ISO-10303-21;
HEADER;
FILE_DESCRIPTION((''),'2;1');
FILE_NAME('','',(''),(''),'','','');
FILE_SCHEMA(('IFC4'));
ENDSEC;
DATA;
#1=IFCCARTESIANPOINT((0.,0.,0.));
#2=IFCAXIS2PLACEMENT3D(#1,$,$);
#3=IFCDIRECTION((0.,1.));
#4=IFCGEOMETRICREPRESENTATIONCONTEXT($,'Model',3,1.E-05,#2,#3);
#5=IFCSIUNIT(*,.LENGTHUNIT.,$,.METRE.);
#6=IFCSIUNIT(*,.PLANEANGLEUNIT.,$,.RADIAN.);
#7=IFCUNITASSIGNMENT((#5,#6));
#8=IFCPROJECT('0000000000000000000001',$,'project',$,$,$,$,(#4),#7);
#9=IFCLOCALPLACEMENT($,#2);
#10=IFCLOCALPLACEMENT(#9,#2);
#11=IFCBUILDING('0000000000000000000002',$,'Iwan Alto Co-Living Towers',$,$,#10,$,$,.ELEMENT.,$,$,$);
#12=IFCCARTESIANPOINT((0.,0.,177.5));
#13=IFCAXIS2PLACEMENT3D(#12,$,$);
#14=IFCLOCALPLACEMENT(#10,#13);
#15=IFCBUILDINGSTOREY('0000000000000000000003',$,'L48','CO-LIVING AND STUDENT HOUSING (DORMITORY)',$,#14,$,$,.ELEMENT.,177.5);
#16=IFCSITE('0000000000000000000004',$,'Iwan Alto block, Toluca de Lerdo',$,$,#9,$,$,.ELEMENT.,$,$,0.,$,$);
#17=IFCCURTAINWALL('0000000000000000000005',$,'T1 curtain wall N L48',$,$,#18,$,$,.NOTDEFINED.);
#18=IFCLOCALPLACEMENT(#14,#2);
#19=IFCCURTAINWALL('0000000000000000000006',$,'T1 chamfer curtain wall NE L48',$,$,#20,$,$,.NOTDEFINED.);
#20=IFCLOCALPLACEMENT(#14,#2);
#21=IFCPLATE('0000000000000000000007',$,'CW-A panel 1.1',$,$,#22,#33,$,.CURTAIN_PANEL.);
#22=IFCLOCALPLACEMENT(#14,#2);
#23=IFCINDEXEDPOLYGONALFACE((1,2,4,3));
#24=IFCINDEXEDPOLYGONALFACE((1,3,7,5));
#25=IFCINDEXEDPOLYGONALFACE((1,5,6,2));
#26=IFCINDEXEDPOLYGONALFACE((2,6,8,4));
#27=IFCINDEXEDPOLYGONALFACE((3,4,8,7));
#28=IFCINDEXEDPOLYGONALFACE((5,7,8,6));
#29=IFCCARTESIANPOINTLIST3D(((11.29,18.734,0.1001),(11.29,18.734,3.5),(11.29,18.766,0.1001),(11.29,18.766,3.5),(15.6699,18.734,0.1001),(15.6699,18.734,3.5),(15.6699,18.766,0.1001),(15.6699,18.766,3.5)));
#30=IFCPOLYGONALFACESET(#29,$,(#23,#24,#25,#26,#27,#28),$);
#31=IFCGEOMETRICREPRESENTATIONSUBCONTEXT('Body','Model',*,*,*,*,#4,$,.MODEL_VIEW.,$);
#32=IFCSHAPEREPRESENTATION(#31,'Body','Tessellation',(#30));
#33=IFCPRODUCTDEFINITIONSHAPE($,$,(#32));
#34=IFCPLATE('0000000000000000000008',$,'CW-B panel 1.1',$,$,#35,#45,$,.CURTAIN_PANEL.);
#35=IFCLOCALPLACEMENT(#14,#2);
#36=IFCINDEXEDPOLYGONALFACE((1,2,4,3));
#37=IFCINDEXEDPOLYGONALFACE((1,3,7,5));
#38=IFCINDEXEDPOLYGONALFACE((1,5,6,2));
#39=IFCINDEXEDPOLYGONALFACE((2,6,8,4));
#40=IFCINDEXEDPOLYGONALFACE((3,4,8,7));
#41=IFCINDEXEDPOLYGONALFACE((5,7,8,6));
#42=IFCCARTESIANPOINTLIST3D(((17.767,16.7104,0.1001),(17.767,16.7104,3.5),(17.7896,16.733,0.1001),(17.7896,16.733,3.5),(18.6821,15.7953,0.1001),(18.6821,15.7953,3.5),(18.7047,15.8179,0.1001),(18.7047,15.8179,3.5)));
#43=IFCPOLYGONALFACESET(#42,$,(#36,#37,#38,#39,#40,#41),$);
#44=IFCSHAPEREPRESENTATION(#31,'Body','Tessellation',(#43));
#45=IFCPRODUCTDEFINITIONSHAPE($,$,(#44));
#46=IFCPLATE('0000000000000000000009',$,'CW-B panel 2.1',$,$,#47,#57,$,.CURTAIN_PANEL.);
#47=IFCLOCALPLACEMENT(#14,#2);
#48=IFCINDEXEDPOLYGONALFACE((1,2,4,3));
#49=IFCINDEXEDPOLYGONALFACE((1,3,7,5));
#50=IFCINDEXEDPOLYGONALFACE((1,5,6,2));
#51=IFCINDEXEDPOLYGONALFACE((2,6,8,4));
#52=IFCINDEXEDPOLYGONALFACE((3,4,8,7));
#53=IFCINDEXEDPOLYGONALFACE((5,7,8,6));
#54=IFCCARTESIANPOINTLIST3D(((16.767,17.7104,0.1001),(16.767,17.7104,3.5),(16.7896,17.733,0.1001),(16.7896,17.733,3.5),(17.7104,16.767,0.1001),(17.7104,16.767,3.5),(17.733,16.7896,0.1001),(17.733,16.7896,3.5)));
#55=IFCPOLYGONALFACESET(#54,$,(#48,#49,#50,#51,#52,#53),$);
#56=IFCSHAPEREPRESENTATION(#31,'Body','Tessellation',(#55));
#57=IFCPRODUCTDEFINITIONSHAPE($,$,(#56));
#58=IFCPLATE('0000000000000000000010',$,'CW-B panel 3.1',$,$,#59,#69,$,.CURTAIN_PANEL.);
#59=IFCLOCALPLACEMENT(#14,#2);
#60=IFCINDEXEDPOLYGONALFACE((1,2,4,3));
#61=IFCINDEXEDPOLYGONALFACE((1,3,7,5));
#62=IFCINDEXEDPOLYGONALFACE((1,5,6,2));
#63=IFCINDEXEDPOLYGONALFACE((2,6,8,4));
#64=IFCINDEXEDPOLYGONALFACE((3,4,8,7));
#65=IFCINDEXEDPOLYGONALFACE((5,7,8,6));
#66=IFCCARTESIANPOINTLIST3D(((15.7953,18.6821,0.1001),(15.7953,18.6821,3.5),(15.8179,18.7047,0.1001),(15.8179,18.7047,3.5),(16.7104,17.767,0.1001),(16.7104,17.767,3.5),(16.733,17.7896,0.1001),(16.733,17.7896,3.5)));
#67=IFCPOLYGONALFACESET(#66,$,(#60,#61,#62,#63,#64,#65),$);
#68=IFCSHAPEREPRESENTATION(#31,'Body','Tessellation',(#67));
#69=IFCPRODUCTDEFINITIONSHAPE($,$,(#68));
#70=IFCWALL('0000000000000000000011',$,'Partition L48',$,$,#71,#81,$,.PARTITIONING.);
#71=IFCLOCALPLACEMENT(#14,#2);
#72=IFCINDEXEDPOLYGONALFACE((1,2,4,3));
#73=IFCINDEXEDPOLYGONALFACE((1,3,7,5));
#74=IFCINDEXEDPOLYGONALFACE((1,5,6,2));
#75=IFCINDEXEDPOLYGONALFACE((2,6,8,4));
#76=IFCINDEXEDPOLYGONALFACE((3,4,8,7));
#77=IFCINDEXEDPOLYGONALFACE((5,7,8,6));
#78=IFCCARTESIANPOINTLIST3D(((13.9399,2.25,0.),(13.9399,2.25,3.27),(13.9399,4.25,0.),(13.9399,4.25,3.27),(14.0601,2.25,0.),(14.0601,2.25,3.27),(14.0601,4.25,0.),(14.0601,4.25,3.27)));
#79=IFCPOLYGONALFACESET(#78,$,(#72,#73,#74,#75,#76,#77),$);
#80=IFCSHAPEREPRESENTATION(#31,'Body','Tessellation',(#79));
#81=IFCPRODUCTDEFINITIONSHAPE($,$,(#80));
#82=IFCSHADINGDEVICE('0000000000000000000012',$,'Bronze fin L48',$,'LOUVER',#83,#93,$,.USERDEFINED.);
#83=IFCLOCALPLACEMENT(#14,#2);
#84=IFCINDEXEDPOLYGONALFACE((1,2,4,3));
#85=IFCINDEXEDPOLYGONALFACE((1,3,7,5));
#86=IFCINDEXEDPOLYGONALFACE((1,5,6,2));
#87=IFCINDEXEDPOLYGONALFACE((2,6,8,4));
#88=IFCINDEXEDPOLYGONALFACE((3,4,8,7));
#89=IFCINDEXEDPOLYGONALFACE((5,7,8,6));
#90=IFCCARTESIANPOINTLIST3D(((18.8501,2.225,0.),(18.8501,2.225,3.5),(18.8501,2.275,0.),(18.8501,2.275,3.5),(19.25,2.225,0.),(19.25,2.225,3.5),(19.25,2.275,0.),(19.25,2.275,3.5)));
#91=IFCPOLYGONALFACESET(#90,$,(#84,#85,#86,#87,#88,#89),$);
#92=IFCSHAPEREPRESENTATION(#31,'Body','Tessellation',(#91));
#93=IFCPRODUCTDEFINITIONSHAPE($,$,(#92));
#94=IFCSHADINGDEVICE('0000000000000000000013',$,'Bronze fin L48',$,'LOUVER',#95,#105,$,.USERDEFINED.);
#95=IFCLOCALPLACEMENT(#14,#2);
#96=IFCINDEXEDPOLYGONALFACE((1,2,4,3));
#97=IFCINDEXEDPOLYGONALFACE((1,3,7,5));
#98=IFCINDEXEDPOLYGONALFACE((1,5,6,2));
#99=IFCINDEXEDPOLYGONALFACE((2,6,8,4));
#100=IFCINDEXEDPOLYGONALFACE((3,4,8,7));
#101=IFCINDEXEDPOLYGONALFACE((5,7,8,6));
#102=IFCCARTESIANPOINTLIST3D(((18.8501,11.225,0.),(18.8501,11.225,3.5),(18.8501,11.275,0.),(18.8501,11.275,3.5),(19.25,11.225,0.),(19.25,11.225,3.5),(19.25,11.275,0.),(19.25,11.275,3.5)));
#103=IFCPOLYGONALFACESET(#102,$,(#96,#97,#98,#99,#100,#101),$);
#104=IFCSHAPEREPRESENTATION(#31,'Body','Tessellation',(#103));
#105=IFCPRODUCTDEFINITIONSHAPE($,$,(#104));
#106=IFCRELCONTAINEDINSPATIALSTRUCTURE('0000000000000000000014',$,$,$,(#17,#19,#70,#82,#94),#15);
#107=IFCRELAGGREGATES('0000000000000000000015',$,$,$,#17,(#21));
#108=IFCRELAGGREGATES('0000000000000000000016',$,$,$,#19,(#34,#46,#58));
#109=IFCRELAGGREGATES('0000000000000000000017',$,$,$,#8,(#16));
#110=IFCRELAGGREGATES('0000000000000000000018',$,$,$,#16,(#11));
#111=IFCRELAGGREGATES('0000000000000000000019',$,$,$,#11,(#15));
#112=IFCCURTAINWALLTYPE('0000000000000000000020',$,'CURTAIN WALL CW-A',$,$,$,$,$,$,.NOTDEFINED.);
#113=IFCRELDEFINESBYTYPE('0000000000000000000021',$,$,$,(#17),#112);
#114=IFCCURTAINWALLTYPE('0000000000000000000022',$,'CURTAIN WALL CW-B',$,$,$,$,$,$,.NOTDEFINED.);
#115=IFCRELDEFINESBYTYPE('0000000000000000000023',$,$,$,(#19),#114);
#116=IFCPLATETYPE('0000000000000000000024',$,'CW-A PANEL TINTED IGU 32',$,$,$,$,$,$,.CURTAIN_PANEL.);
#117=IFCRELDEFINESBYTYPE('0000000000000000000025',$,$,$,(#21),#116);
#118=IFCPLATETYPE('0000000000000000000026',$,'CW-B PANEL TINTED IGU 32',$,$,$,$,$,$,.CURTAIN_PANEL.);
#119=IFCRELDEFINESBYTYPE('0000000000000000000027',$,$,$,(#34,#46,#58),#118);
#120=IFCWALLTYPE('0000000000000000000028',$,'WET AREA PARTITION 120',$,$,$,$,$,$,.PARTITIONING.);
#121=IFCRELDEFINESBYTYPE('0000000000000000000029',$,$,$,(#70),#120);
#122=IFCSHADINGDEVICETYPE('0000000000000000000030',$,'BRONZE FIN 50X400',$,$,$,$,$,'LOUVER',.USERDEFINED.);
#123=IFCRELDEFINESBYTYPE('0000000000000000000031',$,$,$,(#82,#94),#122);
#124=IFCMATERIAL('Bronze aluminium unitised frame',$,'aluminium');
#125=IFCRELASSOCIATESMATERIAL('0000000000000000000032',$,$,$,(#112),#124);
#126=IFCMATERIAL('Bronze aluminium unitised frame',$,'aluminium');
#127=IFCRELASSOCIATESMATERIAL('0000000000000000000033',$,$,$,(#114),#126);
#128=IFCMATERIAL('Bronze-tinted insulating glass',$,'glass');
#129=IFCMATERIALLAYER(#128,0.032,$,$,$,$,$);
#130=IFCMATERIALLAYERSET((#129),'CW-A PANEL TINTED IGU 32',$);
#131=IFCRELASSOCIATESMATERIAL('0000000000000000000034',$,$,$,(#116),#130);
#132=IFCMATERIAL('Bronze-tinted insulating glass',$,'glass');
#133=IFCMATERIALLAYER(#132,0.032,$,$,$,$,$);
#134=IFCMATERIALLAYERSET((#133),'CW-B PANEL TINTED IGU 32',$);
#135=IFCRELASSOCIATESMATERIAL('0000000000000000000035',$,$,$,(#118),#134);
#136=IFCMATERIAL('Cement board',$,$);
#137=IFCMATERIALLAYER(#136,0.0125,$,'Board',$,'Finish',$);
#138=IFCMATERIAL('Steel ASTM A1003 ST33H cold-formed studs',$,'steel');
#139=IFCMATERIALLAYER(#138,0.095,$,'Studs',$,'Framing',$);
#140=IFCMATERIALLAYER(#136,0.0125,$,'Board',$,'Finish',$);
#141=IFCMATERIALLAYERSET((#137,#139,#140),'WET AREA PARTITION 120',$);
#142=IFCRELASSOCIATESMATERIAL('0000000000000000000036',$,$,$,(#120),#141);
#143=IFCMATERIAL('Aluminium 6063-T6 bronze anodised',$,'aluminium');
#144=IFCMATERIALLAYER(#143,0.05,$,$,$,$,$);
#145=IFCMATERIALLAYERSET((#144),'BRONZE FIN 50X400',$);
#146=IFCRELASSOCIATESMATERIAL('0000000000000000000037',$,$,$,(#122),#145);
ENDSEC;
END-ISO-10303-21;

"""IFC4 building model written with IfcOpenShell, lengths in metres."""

from ifc_helpers import new_model, si_unit, direction, frame, frame_2d, origin, origin_2d, place, context, subcontext, project, spatial, rectangle, extrude, material, layer, layer_set, type_object, element, aggregate, save


model = new_model("IFC4")

# Units and contexts
model_context = context("Model", 3, precision=1e-05, world=origin(), true_north=direction((0.0, 1.0)))
body_context = subcontext(model_context, "Body", "Model", "MODEL_VIEW")
ifc_project = project(units=[si_unit("LENGTHUNIT", "METRE"), si_unit("PLANEANGLEUNIT", "RADIAN")], contexts=[model_context])

# Site, building, storey
site_placement = place(None, origin())
site = spatial("IfcSite", under=ifc_project, at=site_placement, Name="Iwan Alto block, Toluca de Lerdo", CompositionType="ELEMENT", RefElevation=0.0)
building_placement = place(site_placement, origin())
building = spatial("IfcBuilding", under=site, at=building_placement, Name="Iwan Alto Co-Living Towers", CompositionType="ELEMENT")
storey_placement = place(building_placement, frame((0.0, 0.0, 177.5)))
storey = spatial("IfcBuildingStorey", under=building, at=storey_placement, Name="L48", Description="CO-LIVING AND STUDENT HOUSING (DORMITORY)", CompositionType="ELEMENT", Elevation=177.5)

# Shared definitions
ifc_material_1 = material(Name="Bronze aluminium unitised frame", Category="aluminium")
curtain_wall_type_1 = type_object("IfcCurtainWallType", Name="CURTAIN WALL CW-A", PredefinedType="NOTDEFINED", material=ifc_material_1)

# Curtain wall
curtain_wall_1_placement = place(storey_placement, origin())
curtain_wall_1 = element("IfcCurtainWall", 1, at=curtain_wall_1_placement, inside=storey, type_object=curtain_wall_type_1, Name="T1 curtain wall N L48", PredefinedType="NOTDEFINED")

# Curtain wall
ifc_material_2 = material(Name="Bronze aluminium unitised frame", Category="aluminium")
curtain_wall_type_2 = type_object("IfcCurtainWallType", Name="CURTAIN WALL CW-B", PredefinedType="NOTDEFINED", material=ifc_material_2)
curtain_wall_2_placement = place(storey_placement, origin())
curtain_wall_2 = element("IfcCurtainWall", 2, at=curtain_wall_2_placement, inside=storey, type_object=curtain_wall_type_2, Name="T1 chamfer curtain wall NE L48", PredefinedType="NOTDEFINED")

# Plates
ifc_material_3 = material(Name="Bronze-tinted insulating glass", Category="glass")
ifc_layer_1 = layer(ifc_material_3, 0.032)
ifc_layer_set_1 = layer_set([ifc_layer_1], Name="CW-A PANEL TINTED IGU 32")
plate_type_1 = type_object("IfcPlateType", Name="CW-A PANEL TINTED IGU 32", PredefinedType="CURTAIN_PANEL", material=ifc_layer_set_1)
plate_1_placement = place(storey_placement, frame((13.48, 18.75, 0.1001), z_axis=(0.0, 0.0, 1.0), x_axis=(-1.0, 0.0, 0.0)))
plate_1 = element("IfcPlate", 3, at=plate_1_placement, type_object=plate_type_1, Name="CW-A panel 1.1", PredefinedType="CURTAIN_PANEL", context=body_context, shape_type="SweptSolid", body=[
    extrude(rectangle(XDim=4.3799, YDim=0.032, at=origin_2d()), origin(), (0.0, 0.0, 1.0), 3.3999),
])
aggregate(curtain_wall_1, [plate_1])
ifc_material_4 = material(Name="Bronze-tinted insulating glass", Category="glass")
ifc_layer_2 = layer(ifc_material_4, 0.032)
ifc_layer_set_2 = layer_set([ifc_layer_2], Name="CW-B PANEL TINTED IGU 32")
plate_type_2 = type_object("IfcPlateType", Name="CW-B PANEL TINTED IGU 32", PredefinedType="CURTAIN_PANEL", material=ifc_layer_set_2)
plate_2_placement = place(storey_placement, frame((18.2358, 16.2642, 0.1001), z_axis=(0.0, 0.0, 1.0), x_axis=(-0.707107, 0.707107, 0.0)))
plate_2 = element("IfcPlate", 4, at=plate_2_placement, type_object=plate_type_2, Name="CW-B panel 1.1", PredefinedType="CURTAIN_PANEL", context=body_context, shape_type="SweptSolid", body=[
    extrude(rectangle(XDim=1.2942, YDim=0.032, at=origin_2d()), origin(), (0.0, 0.0, 1.0), 3.3999),
])
plate_3_placement = place(storey_placement, frame((17.25, 17.25, 0.1001), z_axis=(0.0, 0.0, 1.0), x_axis=(-0.707107, 0.707107, 0.0)))
plate_3 = element("IfcPlate", 5, at=plate_3_placement, type_object=plate_type_2, Name="CW-B panel 2.1", PredefinedType="CURTAIN_PANEL", context=body_context, shape_type="SweptSolid", body=[
    extrude(rectangle(XDim=1.3342, YDim=0.032, at=origin_2d()), origin(), (0.0, 0.0, 1.0), 3.3999),
])
plate_4_placement = place(storey_placement, frame((16.2642, 18.2358, 0.1001), z_axis=(0.0, 0.0, 1.0), x_axis=(-0.707107, 0.707107, 0.0)))
plate_4 = element("IfcPlate", 6, at=plate_4_placement, type_object=plate_type_2, Name="CW-B panel 3.1", PredefinedType="CURTAIN_PANEL", context=body_context, shape_type="SweptSolid", body=[
    extrude(rectangle(XDim=1.2942, YDim=0.032, at=origin_2d()), origin(), (0.0, 0.0, 1.0), 3.3999),
])
aggregate(curtain_wall_2, [plate_2, plate_3, plate_4])

# Wall
ifc_material_5 = material(Name="Cement board")
ifc_layer_3 = layer(ifc_material_5, 0.0125, Name="Board", Category="Finish")
ifc_material_6 = material(Name="Steel ASTM A1003 ST33H cold-formed studs", Category="steel")
ifc_layer_4 = layer(ifc_material_6, 0.095, Name="Studs", Category="Framing")
ifc_layer_5 = layer(ifc_material_5, 0.0125, Name="Board", Category="Finish")
ifc_layer_set_3 = layer_set([ifc_layer_3, ifc_layer_4, ifc_layer_5], Name="WET AREA PARTITION 120")
wall_type = type_object("IfcWallType", Name="WET AREA PARTITION 120", PredefinedType="PARTITIONING", material=ifc_layer_set_3)
wall_placement = place(storey_placement, frame((14.0, 2.25, 0.0), z_axis=(0.0, 0.0, 1.0), x_axis=(0.0, 1.0, 0.0)))
element("IfcWall", 7, at=wall_placement, inside=storey, type_object=wall_type, Name="Partition L48", PredefinedType="PARTITIONING", context=body_context, shape_type="SweptSolid", body=[
    extrude(rectangle(XDim=2.0, YDim=0.1201, at=frame_2d((1.0, 0.0))), origin(), (0.0, 0.0, 1.0), 3.27),
])

# Shading devices
ifc_material_7 = material(Name="Aluminium 6063-T6 bronze anodised", Category="aluminium")
ifc_layer_6 = layer(ifc_material_7, 0.05)
ifc_layer_set_4 = layer_set([ifc_layer_6], Name="BRONZE FIN 50X400")
shading_device_type = type_object("IfcShadingDeviceType", Name="BRONZE FIN 50X400", ElementType="LOUVER", PredefinedType="USERDEFINED", material=ifc_layer_set_4)
for number, where, z_axis, x_axis, name in (
    (8, (19.05, 2.25, 0.0), (0.0, 0.0, 1.0), (0.0, 1.0, 0.0), "Bronze fin L48"),
    (9, (19.05, 11.25, 0.0), (0.0, 0.0, 1.0), (0.0, 1.0, 0.0), "Bronze fin L48"),
):
    element("IfcShadingDevice", number, at=place(storey_placement, frame(where, z_axis=z_axis, x_axis=x_axis)), inside=storey, type_object=shading_device_type, Name=name, ObjectType="LOUVER", PredefinedType="USERDEFINED", context=body_context, shape_type="SweptSolid", body=[
        extrude(rectangle(XDim=0.05, YDim=0.3999, at=origin_2d()), origin(), (0.0, 0.0, 1.0), 3.5),
    ])

save(model, "model.ifc")
